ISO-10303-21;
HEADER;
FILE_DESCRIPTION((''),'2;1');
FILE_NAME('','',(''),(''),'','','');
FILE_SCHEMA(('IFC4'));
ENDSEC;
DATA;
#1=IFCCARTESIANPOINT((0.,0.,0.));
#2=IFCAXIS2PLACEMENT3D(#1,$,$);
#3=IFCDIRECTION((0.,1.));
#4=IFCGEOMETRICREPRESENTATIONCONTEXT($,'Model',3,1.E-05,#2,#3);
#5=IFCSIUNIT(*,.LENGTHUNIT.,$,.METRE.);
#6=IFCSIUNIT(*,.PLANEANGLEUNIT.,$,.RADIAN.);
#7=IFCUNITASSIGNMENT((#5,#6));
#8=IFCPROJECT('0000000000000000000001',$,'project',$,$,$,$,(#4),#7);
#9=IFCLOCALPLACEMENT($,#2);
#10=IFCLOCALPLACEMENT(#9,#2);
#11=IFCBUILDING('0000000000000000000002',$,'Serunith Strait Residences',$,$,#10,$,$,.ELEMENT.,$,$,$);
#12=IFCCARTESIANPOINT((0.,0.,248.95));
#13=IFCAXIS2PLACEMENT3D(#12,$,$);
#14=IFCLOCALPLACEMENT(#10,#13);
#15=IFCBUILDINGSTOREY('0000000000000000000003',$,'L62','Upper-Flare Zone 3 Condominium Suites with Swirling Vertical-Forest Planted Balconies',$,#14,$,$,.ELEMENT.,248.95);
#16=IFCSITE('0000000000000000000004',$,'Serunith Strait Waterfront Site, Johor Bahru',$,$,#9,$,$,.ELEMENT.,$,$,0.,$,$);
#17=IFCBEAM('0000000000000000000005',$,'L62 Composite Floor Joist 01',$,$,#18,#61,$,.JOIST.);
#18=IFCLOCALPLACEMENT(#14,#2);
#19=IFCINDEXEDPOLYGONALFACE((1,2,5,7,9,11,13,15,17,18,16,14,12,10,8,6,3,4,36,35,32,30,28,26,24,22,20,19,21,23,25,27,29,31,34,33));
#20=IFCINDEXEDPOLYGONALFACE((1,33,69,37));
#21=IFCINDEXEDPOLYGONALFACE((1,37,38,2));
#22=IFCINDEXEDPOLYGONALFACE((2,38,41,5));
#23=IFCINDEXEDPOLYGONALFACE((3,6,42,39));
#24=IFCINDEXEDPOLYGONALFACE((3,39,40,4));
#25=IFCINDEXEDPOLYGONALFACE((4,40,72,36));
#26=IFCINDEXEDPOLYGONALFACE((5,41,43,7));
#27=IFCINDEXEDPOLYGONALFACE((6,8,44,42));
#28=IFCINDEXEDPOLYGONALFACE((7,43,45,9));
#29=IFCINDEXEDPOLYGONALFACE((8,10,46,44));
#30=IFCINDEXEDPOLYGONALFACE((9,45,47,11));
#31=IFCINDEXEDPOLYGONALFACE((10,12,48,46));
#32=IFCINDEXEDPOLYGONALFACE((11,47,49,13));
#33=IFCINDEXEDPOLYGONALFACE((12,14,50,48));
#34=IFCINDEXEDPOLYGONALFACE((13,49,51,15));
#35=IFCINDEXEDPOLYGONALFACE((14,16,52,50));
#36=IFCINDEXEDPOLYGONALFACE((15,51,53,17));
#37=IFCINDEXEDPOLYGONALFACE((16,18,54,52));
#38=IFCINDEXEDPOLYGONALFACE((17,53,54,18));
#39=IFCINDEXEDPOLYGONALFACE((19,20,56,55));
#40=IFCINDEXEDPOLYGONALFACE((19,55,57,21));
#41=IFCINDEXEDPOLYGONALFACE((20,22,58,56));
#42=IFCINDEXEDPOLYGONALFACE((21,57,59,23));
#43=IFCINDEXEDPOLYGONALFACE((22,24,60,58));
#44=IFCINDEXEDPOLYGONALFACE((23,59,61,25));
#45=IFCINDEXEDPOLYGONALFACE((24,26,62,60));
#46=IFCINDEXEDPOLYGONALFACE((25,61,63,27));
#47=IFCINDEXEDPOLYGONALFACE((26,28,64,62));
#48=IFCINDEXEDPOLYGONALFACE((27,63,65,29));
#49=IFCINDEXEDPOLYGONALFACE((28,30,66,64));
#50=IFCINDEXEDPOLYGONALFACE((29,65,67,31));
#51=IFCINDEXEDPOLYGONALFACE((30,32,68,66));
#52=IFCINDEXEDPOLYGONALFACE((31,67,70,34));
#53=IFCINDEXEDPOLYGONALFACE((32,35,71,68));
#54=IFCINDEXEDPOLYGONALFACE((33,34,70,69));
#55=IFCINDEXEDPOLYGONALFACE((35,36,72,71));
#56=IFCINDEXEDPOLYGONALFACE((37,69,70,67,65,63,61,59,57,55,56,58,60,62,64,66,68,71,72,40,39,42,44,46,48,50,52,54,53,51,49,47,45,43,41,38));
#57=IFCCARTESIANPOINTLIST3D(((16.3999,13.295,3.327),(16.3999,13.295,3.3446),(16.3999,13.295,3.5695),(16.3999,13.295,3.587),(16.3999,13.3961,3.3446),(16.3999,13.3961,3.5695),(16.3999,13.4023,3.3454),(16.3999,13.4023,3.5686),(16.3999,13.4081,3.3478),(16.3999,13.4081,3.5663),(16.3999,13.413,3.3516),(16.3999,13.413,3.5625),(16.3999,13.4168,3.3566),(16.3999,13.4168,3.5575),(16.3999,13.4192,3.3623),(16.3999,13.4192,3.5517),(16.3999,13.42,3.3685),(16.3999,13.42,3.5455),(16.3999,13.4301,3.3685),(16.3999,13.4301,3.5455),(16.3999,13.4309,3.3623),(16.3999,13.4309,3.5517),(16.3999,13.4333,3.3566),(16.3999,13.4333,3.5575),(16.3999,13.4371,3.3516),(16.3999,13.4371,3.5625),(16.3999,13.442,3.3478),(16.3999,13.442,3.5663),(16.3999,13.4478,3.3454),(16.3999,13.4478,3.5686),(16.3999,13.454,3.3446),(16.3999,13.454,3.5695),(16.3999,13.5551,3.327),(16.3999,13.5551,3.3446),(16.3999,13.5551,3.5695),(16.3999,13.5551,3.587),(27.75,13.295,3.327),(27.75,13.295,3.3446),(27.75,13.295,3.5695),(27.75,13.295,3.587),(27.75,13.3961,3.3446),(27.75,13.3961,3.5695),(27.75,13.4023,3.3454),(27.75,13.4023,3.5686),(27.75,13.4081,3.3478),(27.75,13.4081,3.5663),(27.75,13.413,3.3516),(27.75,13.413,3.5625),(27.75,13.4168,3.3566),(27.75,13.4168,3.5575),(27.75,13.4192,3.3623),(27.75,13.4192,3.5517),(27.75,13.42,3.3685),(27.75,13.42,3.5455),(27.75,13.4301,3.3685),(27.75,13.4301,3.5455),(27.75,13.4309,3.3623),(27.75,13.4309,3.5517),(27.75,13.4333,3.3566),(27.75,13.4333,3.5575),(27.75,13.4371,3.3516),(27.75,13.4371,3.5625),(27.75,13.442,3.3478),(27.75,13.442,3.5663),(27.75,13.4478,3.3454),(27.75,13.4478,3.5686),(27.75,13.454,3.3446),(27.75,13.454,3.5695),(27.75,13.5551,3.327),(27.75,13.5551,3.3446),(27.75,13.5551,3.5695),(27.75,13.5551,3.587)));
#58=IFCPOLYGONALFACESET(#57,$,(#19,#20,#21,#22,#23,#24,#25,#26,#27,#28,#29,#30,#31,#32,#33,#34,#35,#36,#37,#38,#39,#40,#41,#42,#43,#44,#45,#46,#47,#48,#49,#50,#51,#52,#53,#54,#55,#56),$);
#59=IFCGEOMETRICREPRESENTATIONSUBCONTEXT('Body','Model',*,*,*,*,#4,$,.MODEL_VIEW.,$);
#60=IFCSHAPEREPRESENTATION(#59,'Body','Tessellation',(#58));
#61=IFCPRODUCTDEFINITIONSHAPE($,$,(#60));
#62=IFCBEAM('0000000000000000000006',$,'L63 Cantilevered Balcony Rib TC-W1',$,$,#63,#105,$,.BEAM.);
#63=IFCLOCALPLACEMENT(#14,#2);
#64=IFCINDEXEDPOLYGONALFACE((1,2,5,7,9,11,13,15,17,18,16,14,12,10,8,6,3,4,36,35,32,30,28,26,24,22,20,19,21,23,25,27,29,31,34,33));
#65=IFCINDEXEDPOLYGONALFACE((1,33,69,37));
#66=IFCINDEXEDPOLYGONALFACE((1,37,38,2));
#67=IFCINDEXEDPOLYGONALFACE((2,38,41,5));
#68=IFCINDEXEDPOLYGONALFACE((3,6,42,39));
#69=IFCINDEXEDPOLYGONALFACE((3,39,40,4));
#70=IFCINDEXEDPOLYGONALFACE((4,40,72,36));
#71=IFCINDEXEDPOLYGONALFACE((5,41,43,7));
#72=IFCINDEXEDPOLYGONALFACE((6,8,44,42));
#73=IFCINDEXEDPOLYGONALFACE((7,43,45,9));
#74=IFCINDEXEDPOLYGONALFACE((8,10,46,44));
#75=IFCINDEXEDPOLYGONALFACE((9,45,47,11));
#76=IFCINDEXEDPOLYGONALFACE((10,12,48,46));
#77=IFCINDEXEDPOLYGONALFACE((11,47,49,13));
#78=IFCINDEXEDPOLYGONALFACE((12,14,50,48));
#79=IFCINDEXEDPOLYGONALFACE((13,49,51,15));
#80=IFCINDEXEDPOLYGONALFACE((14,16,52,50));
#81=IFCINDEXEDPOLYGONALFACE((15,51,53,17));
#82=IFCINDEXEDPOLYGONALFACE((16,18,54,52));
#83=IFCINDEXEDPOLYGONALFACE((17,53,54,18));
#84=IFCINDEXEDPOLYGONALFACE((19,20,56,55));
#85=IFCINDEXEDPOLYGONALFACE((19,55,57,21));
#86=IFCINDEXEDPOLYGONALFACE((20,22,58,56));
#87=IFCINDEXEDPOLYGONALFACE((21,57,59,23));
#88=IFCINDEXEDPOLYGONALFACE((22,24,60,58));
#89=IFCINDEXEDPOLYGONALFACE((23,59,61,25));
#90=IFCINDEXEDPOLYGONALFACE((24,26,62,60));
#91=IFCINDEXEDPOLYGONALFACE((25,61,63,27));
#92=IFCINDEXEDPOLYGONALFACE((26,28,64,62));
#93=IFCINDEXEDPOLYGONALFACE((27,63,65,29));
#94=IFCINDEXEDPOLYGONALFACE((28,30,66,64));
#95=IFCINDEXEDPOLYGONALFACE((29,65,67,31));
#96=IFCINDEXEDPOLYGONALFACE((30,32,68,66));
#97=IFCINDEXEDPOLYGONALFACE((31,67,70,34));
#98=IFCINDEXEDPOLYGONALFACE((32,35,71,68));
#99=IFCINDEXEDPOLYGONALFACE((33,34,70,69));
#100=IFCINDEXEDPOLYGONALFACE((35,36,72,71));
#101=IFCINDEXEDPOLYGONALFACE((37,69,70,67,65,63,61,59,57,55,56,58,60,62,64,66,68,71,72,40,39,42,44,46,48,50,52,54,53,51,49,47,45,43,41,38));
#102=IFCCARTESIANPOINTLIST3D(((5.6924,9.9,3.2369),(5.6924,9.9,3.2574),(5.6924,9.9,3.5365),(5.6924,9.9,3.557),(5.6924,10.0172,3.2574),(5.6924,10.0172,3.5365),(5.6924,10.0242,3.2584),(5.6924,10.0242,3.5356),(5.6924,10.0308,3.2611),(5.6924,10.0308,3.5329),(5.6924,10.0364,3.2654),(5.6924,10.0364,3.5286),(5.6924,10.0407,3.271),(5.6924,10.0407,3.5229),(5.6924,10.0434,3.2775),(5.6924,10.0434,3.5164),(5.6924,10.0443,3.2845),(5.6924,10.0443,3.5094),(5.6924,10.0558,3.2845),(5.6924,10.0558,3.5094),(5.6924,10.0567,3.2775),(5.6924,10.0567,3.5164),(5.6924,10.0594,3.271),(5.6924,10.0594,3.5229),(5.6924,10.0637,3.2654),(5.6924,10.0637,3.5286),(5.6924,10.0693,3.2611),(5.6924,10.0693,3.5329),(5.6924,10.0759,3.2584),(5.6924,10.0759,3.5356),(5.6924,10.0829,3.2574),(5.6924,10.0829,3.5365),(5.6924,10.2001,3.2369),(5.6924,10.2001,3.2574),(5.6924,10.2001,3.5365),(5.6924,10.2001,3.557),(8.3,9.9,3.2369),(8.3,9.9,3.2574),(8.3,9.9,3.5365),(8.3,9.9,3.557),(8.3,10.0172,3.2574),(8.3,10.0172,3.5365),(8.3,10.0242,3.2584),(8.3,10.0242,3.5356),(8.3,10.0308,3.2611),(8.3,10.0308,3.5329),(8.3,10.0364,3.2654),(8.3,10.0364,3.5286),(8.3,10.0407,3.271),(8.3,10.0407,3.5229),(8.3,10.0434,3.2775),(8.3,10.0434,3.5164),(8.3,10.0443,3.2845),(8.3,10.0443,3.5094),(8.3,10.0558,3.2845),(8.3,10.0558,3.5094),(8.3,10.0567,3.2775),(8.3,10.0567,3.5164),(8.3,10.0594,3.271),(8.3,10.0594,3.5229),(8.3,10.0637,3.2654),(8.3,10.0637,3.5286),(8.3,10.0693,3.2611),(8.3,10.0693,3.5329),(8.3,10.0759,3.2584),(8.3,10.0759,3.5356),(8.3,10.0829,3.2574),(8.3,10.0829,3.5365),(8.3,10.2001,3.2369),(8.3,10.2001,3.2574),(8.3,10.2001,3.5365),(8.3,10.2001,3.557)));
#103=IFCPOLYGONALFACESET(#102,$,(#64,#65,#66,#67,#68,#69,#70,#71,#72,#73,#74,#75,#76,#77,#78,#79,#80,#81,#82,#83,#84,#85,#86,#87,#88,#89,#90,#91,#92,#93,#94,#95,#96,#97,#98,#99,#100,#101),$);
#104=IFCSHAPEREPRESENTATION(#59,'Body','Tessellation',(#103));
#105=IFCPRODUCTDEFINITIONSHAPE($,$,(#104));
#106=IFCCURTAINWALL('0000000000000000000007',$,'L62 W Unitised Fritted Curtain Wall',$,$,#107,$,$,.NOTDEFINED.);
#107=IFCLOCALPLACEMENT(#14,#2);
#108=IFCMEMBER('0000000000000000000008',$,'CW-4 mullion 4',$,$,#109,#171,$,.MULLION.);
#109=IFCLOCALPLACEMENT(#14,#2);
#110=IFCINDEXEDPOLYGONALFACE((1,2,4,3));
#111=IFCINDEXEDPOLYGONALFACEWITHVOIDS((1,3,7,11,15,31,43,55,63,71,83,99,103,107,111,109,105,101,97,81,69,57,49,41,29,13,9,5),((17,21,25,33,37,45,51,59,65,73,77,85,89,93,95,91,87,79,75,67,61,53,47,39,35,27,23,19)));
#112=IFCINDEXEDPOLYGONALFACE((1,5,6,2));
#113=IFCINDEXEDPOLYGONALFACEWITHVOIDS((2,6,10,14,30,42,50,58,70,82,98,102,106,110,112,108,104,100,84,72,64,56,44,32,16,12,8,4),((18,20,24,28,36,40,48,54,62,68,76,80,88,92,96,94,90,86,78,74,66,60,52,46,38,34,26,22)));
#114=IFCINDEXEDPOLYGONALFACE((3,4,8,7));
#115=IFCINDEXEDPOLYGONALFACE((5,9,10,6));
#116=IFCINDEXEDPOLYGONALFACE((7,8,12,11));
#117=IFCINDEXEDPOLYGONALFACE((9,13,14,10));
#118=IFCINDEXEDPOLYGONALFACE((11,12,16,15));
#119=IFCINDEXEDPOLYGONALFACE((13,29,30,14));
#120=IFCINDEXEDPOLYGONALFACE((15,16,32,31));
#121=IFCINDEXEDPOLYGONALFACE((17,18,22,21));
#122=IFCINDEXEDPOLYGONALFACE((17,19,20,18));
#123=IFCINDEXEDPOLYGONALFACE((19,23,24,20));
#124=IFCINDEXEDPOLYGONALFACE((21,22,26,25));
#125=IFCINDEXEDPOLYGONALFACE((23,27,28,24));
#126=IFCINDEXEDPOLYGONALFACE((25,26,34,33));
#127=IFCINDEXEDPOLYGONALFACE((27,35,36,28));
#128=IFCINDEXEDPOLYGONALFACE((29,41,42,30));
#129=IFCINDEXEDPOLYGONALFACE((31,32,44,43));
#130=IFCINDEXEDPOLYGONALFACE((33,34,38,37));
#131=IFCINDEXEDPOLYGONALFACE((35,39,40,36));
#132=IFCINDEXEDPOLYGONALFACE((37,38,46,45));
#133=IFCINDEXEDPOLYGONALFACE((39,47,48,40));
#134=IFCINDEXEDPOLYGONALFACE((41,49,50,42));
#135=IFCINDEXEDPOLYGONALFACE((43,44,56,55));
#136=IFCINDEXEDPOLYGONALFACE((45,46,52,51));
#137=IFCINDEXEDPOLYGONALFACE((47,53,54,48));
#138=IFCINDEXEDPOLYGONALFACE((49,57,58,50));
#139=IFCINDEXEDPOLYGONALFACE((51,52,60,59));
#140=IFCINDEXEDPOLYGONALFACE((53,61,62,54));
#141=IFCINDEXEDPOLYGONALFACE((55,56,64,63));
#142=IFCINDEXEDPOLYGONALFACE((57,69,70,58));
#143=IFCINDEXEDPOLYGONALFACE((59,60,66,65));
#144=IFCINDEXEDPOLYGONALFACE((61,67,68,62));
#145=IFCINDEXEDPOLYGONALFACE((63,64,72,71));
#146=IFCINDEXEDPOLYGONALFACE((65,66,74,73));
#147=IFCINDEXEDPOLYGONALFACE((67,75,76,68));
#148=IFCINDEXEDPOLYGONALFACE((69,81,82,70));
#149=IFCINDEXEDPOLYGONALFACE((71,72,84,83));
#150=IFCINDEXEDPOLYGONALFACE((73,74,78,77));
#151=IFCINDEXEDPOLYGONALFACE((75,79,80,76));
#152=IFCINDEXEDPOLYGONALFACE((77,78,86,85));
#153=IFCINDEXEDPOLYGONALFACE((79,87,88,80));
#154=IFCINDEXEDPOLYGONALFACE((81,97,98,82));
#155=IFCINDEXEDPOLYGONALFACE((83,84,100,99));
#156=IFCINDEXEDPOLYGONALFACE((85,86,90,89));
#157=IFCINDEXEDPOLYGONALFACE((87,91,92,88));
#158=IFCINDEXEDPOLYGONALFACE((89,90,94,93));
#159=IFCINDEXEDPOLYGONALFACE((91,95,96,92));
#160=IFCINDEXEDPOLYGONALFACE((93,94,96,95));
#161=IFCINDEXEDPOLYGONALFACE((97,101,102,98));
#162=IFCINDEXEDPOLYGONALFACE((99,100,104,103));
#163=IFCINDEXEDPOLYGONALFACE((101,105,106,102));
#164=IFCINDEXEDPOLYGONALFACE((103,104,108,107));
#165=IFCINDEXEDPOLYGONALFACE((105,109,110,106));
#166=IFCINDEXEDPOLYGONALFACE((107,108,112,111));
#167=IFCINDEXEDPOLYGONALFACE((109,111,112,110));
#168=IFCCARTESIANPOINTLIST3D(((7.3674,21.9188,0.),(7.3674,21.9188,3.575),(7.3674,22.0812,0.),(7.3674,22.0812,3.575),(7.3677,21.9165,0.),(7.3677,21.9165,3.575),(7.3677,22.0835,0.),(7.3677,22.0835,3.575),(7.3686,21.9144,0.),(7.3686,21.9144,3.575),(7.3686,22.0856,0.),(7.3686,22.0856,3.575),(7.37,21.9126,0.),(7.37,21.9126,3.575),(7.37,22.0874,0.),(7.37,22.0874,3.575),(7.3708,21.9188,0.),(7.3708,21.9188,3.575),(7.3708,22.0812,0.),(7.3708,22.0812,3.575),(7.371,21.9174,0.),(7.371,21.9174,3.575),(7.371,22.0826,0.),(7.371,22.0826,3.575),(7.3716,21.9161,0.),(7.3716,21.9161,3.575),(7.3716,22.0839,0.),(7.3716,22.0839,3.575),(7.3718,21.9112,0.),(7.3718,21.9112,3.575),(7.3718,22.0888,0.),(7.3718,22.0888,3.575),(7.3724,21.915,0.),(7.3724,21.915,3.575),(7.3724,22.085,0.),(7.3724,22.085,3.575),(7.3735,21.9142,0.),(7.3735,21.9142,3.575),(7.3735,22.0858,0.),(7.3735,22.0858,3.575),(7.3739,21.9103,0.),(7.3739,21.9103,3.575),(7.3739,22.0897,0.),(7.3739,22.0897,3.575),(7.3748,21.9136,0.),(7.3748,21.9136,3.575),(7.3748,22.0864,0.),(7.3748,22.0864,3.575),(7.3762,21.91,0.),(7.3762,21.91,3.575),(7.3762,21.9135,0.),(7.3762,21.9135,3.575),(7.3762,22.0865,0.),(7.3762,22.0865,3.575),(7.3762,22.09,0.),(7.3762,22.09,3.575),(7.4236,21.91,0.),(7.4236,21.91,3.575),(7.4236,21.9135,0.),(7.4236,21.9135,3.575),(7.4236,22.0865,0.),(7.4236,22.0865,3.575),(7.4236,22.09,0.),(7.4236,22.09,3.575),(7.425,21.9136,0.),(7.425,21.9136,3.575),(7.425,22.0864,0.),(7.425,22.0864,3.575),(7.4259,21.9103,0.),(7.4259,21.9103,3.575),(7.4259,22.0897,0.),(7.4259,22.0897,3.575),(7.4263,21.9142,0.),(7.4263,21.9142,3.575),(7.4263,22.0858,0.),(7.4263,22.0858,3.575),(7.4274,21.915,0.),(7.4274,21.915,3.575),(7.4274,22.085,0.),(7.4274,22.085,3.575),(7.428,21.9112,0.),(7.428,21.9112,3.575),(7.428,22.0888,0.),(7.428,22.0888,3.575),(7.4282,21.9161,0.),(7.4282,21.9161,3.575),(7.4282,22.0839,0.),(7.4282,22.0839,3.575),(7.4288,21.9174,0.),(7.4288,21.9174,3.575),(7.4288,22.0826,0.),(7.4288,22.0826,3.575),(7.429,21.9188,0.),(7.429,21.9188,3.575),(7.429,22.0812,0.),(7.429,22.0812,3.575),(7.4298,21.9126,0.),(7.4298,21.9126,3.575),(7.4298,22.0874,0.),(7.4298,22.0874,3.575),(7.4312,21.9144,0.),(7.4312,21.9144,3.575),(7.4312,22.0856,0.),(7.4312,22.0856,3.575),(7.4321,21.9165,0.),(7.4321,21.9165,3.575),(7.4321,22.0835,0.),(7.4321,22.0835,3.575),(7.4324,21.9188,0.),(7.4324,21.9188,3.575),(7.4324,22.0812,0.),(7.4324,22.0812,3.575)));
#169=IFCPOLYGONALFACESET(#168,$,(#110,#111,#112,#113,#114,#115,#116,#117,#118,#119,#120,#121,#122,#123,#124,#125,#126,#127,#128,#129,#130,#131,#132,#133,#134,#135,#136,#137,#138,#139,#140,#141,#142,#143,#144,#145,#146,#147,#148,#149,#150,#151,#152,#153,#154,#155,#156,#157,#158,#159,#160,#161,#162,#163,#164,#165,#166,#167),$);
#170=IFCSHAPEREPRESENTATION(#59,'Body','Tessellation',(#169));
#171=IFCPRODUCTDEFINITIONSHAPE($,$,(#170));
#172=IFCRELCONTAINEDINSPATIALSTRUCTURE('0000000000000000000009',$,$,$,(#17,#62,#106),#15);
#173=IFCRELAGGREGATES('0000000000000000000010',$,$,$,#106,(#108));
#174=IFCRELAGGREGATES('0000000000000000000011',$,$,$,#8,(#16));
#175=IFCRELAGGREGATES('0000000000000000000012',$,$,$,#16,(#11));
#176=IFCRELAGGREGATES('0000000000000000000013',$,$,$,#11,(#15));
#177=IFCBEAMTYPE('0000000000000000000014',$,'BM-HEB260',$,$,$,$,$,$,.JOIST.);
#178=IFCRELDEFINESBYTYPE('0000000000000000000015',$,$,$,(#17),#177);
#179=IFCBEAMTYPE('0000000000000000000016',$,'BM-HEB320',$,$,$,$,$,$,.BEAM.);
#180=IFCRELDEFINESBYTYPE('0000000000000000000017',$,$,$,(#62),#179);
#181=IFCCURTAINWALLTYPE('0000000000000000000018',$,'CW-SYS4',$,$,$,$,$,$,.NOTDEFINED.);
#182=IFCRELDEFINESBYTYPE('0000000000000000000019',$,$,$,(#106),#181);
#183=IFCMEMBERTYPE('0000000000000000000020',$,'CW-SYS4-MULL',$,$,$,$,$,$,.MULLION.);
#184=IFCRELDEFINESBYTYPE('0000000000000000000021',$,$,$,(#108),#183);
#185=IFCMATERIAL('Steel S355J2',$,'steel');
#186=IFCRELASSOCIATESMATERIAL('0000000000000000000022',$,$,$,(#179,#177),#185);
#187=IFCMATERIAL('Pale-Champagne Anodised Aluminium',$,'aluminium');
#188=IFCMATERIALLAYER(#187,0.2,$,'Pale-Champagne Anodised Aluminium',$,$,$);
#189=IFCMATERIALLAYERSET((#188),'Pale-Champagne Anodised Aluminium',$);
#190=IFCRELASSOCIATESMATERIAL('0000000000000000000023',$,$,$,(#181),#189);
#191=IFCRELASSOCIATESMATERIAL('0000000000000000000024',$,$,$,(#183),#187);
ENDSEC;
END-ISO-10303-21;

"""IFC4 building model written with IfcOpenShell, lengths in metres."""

from ifc_helpers import new_model, si_unit, direction, frame, origin, origin_2d, place, context, subcontext, project, spatial, hollow_rectangle, i_section, extrude, source, transform, mapped, material, layer, layer_set, material_profile, profile_set, type_object, element, aggregate, save


model = new_model("IFC4")

# Units and contexts
model_context = context("Model", 3, precision=1e-05, world=origin(), true_north=direction((0.0, 1.0)))
body_context = subcontext(model_context, "Body", "Model", "MODEL_VIEW")
ifc_project = project(units=[si_unit("LENGTHUNIT", "METRE"), si_unit("PLANEANGLEUNIT", "RADIAN")], contexts=[model_context])

# Site, building, storey
site_placement = place(None, origin())
site = spatial("IfcSite", under=ifc_project, at=site_placement, Name="Serunith Strait Waterfront Site, Johor Bahru", CompositionType="ELEMENT", RefElevation=0.0)
building_placement = place(site_placement, origin())
building = spatial("IfcBuilding", under=site, at=building_placement, Name="Serunith Strait Residences", CompositionType="ELEMENT")
storey_placement = place(building_placement, frame((0.0, 0.0, 248.95)))
storey = spatial("IfcBuildingStorey", under=building, at=storey_placement, Name="L62", Description="Upper-Flare Zone 3 Condominium Suites with Swirling Vertical-Forest Planted Balconies", CompositionType="ELEMENT", Elevation=248.95)

# Beams
ifc_material_1 = material(Name="Steel S355J2", Category="steel")
ifc_material_profile_1 = material_profile(ifc_material_1, i_section(OverallWidth=0.3, OverallDepth=0.3201, WebThickness=0.0115, FlangeThickness=0.0205, FilletRadius=0.0271, at=origin_2d()), Name="HEB 320")
ifc_profile_set_1 = profile_set([ifc_material_profile_1], Name="Steel S355J2")
beam_type_1 = type_object("IfcBeamType", Name="BM-HEB320", PredefinedType="BEAM", material=ifc_profile_set_1)
ifc_material_profile_2 = material_profile(ifc_material_1, i_section(OverallWidth=0.26, OverallDepth=0.26, WebThickness=0.01, FlangeThickness=0.0176, FilletRadius=0.0239, at=origin_2d()), Name="HEB 260")
ifc_profile_set_2 = profile_set([ifc_material_profile_2], Name="Steel S355J2")
beam_type_2 = type_object("IfcBeamType", Name="BM-HEB260", PredefinedType="JOIST", material=ifc_profile_set_2)
shared_shape_1 = source(origin(), body_context, "Body", "SweptSolid", [
    extrude(i_section(OverallWidth=0.26, OverallDepth=0.26, WebThickness=0.01, FlangeThickness=0.0176, FilletRadius=0.0239, at=origin_2d()), origin(), (0.0, 0.0, 1.0), 11.3501),
])
beam_1_placement = place(storey_placement, frame((16.3999, 13.425, 3.457), z_axis=(1.0, 0.0, 0.0), x_axis=(0.0, 1.0, 0.0)))
element("IfcBeam", 1, at=beam_1_placement, inside=storey, type_object=beam_type_2, Name="L62 Composite Floor Joist 01", PredefinedType="JOIST", context=body_context, shape_type="MappedRepresentation", body=[
    mapped(shared_shape_1, transform((0.0, 0.0, 0.0), scale=1.0)),
])
shared_shape_2 = source(origin(), body_context, "Body", "SweptSolid", [
    extrude(i_section(OverallWidth=0.3, OverallDepth=0.3201, WebThickness=0.0115, FlangeThickness=0.0205, FilletRadius=0.0271, at=origin_2d()), origin(), (0.0, 0.0, 1.0), 2.6077),
])
beam_2_placement = place(storey_placement, frame((8.3, 10.05, 3.397), z_axis=(-1.0, 0.0, 0.0), x_axis=(0.0, -1.0, 0.0)))
element("IfcBeam", 2, at=beam_2_placement, inside=storey, type_object=beam_type_1, Name="L63 Cantilevered Balcony Rib TC-W1", PredefinedType="BEAM", context=body_context, shape_type="MappedRepresentation", body=[
    mapped(shared_shape_2, transform((0.0, 0.0, 0.0), scale=1.0)),
])

# Curtain wall, member
ifc_material_2 = material(Name="Pale-Champagne Anodised Aluminium", Category="aluminium")
ifc_layer_1 = layer(ifc_material_2, 0.2, Name="Pale-Champagne Anodised Aluminium")
ifc_layer_set_1 = layer_set([ifc_layer_1], Name="Pale-Champagne Anodised Aluminium")
curtain_wall_type = type_object("IfcCurtainWallType", Name="CW-SYS4", PredefinedType="NOTDEFINED", material=ifc_layer_set_1)
curtain_wall_placement = place(storey_placement, origin())
curtain_wall = element("IfcCurtainWall", 3, at=curtain_wall_placement, inside=storey, type_object=curtain_wall_type, Name="L62 W Unitised Fritted Curtain Wall", PredefinedType="NOTDEFINED")
ifc_material_profile_3 = material_profile(ifc_material_2, hollow_rectangle(XDim=0.0649, YDim=0.1799, WallThickness=0.0034, InnerFilletRadius=0.0054, OuterFilletRadius=0.0088, at=origin_2d()), Name="ALU 180x65x3.5")
ifc_profile_set_3 = profile_set([ifc_material_profile_3], Name="Pale-Champagne Anodised Aluminium")
member_type_1 = type_object("IfcMemberType", Name="CW-SYS4-MULL", PredefinedType="MULLION", material=ifc_profile_set_3)
shared_shape_3 = source(origin(), body_context, "Body", "SweptSolid", [
    extrude(hollow_rectangle(XDim=0.0649, YDim=0.1799, WallThickness=0.0034, InnerFilletRadius=0.0054, OuterFilletRadius=0.0088, at=origin_2d()), origin(), (0.0, 0.0, 1.0), 3.575),
])
member_1_placement = place(storey_placement, frame((7.3999, 22.0, 0.0), z_axis=(0.0, 0.0, 1.0), x_axis=(1.0, 0.0, 0.0)))
member_1 = element("IfcMember", 4, at=member_1_placement, type_object=member_type_1, Name="CW-4 mullion 4", PredefinedType="MULLION", context=body_context, shape_type="MappedRepresentation", body=[
    mapped(shared_shape_3, transform((0.0, 0.0, 0.0), scale=1.0)),
])
aggregate(curtain_wall, [member_1])

save(model, "model.ifc")
